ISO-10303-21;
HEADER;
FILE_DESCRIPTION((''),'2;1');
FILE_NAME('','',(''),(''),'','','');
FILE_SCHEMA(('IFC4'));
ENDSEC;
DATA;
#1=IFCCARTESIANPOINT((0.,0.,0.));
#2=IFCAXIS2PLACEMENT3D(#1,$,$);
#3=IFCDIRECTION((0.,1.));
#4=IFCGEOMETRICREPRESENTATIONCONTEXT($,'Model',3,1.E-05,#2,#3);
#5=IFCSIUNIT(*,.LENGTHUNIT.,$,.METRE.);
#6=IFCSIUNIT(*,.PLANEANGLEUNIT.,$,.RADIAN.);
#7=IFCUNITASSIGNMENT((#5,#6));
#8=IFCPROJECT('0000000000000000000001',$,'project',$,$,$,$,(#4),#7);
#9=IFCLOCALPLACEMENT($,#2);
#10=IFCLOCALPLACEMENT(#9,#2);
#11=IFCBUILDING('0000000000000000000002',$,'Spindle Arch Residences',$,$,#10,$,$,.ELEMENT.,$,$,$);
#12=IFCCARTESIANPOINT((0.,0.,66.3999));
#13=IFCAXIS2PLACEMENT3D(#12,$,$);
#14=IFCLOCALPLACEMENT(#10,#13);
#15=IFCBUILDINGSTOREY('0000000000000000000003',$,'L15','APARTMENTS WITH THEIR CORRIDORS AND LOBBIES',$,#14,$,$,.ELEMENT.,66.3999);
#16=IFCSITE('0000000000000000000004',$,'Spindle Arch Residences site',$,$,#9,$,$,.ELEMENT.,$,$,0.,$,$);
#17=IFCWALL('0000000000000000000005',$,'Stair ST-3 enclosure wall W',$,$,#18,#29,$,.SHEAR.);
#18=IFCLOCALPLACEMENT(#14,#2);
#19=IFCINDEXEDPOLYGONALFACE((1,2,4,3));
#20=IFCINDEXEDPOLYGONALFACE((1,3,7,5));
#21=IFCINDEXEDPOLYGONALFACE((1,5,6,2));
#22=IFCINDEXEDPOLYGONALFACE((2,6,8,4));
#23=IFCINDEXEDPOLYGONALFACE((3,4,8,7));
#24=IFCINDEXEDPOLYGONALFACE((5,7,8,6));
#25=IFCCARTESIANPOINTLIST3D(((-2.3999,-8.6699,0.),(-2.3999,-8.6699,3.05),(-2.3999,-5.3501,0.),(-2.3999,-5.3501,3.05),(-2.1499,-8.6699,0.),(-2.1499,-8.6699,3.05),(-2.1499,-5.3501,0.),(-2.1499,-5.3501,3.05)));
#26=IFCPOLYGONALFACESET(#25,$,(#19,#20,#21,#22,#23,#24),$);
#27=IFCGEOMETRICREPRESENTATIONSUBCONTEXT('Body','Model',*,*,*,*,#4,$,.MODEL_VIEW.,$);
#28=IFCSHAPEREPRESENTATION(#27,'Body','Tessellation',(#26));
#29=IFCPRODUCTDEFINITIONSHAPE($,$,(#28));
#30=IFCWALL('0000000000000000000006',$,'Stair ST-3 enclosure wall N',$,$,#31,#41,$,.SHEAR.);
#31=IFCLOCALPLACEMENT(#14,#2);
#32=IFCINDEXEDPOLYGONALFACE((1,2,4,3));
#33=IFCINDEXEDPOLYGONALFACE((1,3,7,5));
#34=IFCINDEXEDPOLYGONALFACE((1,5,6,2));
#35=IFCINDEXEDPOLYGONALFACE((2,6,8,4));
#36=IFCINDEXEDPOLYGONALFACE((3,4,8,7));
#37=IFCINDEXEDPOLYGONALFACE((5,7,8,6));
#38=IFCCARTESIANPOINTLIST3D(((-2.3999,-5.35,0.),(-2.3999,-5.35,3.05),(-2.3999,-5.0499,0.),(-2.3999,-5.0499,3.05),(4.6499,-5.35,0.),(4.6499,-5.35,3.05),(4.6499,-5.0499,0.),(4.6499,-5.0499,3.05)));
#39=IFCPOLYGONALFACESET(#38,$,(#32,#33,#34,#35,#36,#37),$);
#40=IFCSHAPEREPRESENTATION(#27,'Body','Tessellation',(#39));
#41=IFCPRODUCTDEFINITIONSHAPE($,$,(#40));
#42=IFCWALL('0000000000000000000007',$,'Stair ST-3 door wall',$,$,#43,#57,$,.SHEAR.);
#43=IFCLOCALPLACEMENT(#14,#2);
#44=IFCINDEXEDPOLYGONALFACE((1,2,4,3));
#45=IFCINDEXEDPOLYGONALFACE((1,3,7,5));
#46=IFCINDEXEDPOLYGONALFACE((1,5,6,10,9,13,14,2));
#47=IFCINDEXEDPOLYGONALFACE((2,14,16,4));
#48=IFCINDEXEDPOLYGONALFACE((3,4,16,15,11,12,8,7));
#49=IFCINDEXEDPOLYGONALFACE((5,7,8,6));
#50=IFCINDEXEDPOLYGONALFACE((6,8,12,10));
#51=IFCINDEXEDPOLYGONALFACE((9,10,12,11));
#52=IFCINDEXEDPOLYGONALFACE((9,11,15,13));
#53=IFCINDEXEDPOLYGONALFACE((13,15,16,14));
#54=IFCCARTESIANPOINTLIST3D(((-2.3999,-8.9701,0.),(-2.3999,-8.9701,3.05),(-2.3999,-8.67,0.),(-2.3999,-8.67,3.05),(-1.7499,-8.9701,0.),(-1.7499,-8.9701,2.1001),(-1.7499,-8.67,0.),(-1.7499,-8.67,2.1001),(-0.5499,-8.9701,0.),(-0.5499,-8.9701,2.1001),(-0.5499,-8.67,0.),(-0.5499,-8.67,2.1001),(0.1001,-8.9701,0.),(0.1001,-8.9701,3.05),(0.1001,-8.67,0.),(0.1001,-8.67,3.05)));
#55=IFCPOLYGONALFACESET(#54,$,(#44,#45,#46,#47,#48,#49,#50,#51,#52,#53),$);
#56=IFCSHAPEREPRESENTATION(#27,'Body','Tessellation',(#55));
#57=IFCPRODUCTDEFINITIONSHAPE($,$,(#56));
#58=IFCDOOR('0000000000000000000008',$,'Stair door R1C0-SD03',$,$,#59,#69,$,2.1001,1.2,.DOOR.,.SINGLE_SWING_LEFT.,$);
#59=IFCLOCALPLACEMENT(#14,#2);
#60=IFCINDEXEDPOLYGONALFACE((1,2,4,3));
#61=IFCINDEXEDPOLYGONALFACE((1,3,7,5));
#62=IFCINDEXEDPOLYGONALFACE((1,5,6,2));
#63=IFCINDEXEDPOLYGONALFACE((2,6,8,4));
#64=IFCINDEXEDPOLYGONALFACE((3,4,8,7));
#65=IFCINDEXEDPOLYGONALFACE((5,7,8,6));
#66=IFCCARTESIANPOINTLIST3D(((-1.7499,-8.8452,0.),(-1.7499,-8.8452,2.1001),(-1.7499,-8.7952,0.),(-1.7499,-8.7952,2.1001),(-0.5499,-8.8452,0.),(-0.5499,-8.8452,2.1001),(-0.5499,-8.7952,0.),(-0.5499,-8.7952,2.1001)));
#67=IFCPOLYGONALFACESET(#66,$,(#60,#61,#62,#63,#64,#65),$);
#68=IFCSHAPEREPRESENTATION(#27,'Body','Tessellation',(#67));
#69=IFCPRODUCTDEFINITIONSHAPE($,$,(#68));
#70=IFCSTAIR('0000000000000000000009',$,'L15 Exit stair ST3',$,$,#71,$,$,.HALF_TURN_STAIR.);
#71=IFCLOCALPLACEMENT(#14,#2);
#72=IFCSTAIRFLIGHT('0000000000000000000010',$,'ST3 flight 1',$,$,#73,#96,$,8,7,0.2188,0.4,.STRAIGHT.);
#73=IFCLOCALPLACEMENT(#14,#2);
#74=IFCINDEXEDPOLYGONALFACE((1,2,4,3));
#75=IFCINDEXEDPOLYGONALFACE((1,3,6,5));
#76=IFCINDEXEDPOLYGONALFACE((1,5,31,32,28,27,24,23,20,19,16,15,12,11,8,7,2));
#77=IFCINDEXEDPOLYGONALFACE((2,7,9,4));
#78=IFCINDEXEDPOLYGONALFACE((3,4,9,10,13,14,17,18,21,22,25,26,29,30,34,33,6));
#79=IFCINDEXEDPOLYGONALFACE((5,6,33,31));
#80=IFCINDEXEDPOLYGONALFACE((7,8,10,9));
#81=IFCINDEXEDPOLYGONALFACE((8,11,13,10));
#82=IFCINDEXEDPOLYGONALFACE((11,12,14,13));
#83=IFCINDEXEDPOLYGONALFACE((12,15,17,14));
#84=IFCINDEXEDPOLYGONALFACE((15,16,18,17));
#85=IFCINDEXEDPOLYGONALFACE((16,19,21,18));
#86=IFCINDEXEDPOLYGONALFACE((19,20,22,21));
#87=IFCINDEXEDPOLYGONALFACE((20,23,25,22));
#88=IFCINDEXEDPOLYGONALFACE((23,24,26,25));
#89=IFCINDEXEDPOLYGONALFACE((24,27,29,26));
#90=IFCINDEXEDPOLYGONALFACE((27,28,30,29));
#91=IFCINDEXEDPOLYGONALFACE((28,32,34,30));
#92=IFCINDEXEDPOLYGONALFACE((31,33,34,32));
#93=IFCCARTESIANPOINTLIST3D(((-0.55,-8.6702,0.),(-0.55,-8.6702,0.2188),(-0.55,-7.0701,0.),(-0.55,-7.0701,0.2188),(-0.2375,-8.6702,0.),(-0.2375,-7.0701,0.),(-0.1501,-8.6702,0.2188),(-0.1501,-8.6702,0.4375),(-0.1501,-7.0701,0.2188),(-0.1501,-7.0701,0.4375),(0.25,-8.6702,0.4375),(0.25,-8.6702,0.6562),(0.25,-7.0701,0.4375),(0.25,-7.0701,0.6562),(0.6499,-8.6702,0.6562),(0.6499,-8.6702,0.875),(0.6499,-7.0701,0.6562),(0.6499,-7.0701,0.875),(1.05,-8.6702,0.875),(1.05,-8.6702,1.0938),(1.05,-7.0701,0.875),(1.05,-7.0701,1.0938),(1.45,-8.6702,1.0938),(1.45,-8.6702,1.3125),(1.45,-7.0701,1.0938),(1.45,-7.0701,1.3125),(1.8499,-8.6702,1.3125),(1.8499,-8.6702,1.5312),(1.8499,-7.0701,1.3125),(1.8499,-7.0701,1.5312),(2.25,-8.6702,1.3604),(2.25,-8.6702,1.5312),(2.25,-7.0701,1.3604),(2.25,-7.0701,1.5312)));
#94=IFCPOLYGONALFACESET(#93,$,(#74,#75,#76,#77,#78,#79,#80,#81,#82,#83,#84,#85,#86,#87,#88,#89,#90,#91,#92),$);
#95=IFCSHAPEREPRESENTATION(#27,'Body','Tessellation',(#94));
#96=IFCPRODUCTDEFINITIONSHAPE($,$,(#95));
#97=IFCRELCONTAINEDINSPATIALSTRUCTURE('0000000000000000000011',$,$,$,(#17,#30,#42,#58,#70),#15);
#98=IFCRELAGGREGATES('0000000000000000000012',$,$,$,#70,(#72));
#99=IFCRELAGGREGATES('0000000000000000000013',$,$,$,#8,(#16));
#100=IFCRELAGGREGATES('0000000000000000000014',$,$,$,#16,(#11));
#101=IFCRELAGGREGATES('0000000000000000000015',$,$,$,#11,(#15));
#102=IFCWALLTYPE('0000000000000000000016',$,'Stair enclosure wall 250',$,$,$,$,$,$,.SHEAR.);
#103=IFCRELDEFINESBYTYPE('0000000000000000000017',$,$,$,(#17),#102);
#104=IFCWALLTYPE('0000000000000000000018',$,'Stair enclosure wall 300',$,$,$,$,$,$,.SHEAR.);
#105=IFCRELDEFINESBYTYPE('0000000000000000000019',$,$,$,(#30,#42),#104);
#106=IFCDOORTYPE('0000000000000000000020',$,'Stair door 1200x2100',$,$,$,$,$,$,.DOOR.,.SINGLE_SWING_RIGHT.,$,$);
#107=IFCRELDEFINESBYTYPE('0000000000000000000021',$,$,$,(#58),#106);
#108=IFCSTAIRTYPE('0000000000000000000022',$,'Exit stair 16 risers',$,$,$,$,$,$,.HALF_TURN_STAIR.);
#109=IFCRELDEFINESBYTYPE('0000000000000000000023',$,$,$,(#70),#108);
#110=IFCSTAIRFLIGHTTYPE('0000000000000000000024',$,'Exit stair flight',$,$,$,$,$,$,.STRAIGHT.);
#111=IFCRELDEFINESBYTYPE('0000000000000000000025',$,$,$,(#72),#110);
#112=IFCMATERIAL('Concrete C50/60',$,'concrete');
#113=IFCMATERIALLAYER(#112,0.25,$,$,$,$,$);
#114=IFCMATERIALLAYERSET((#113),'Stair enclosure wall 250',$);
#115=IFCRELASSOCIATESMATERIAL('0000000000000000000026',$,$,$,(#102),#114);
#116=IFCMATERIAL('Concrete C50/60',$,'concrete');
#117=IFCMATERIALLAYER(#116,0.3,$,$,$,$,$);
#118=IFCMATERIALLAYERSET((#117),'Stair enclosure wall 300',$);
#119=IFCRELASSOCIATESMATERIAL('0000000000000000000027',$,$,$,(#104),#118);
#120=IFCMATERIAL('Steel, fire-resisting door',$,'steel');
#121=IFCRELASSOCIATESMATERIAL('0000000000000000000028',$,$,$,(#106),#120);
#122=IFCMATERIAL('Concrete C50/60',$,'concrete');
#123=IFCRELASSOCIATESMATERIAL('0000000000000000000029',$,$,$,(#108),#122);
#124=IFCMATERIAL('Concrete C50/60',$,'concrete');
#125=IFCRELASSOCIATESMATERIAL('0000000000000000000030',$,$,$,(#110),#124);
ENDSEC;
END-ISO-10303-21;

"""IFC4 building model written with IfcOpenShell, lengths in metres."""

from ifc_helpers import new_model, si_unit, direction, frame, frame_2d, origin, place, context, subcontext, project, spatial, polyline, rectangle, outline, extrude, material, layer, layer_set, type_object, element, fill, aggregate, save


model = new_model("IFC4")

# Units and contexts
model_context = context("Model", 3, precision=1e-05, world=origin(), true_north=direction((0.0, 1.0)))
body_context = subcontext(model_context, "Body", "Model", "MODEL_VIEW")
ifc_project = project(units=[si_unit("LENGTHUNIT", "METRE"), si_unit("PLANEANGLEUNIT", "RADIAN")], contexts=[model_context])

# Site, building, storey
site_placement = place(None, origin())
site = spatial("IfcSite", under=ifc_project, at=site_placement, Name="Spindle Arch Residences site", CompositionType="ELEMENT", RefElevation=0.0)
building_placement = place(site_placement, origin())
building = spatial("IfcBuilding", under=site, at=building_placement, Name="Spindle Arch Residences", CompositionType="ELEMENT")
storey_placement = place(building_placement, frame((0.0, 0.0, 66.3999)))
storey = spatial("IfcBuildingStorey", under=building, at=storey_placement, Name="L15", Description="APARTMENTS WITH THEIR CORRIDORS AND LOBBIES", CompositionType="ELEMENT", Elevation=66.3999)

# Walls
ifc_material_1 = material(Name="Concrete C50/60", Category="concrete")
ifc_layer_1 = layer(ifc_material_1, 0.25)
ifc_layer_set_1 = layer_set([ifc_layer_1], Name="Stair enclosure wall 250")
wall_type_1 = type_object("IfcWallType", Name="Stair enclosure wall 250", PredefinedType="SHEAR", material=ifc_layer_set_1)
wall_1_placement = place(storey_placement, frame((-2.2749, -8.6699, 0.0), z_axis=(0.0, 0.0, 1.0), x_axis=(0.0, 1.0, 0.0)))
element("IfcWall", 1, at=wall_1_placement, inside=storey, type_object=wall_type_1, Name="Stair ST-3 enclosure wall W", PredefinedType="SHEAR", context=body_context, shape_type="SweptSolid", body=[
    extrude(rectangle(XDim=3.3198, YDim=0.25, at=frame_2d((1.6599, 0.0))), origin(), (0.0, 0.0, 1.0), 3.05),
])
ifc_material_2 = material(Name="Concrete C50/60", Category="concrete")
ifc_layer_2 = layer(ifc_material_2, 0.3)
ifc_layer_set_2 = layer_set([ifc_layer_2], Name="Stair enclosure wall 300")
wall_type_2 = type_object("IfcWallType", Name="Stair enclosure wall 300", PredefinedType="SHEAR", material=ifc_layer_set_2)
wall_2_placement = place(storey_placement, frame((-2.3999, -5.2, 0.0), z_axis=(0.0, 0.0, 1.0), x_axis=(1.0, 0.0, 0.0)))
element("IfcWall", 2, at=wall_2_placement, inside=storey, type_object=wall_type_2, Name="Stair ST-3 enclosure wall N", PredefinedType="SHEAR", context=body_context, shape_type="SweptSolid", body=[
    extrude(rectangle(XDim=7.0498, YDim=0.3, at=frame_2d((3.5249, 0.0))), origin(), (0.0, 0.0, 1.0), 3.05),
])

# Wall, opening, door
wall_3_placement = place(storey_placement, frame((-2.3999, -8.8201, 0.0), z_axis=(0.0, 0.0, 1.0), x_axis=(1.0, 0.0, 0.0)))
wall_3 = element("IfcWall", 3, at=wall_3_placement, inside=storey, type_object=wall_type_2, Name="Stair ST-3 door wall", PredefinedType="SHEAR", context=body_context, shape_type="SweptSolid", body=[
    extrude(rectangle(XDim=2.5, YDim=0.3, at=frame_2d((1.25, 0.0))), origin(), (0.0, 0.0, 1.0), 3.05),
])
opening_1_placement = place(wall_3_placement, frame((0.6499, 0.0, 0.0)))
opening_1 = element("IfcOpeningElement", 4, at=opening_1_placement, cuts=wall_3, PredefinedType="OPENING", context=body_context, shape_type="SweptSolid", body=[
    extrude(rectangle(XDim=1.2, YDim=2.1001, at=frame_2d((0.6001, 1.05))), frame((0.0, 0.1602, 0.0), z_axis=(0.0, -1.0, 0.0), x_axis=(1.0, 0.0, 0.0)), (0.0, 0.0, 1.0), 0.3201),
])
ifc_material_3 = material(Name="Steel, fire-resisting door", Category="steel")
door_type_1 = type_object("IfcDoorType", Name="Stair door 1200x2100", OperationType="SINGLE_SWING_RIGHT", PredefinedType="DOOR", material=ifc_material_3)
door_1_placement = place(opening_1_placement, origin())
door_1 = element("IfcDoor", 5, at=door_1_placement, inside=storey, type_object=door_type_1, Name="Stair door R1C0-SD03", OperationType="SINGLE_SWING_LEFT", OverallHeight=2.1001, OverallWidth=1.2, PredefinedType="DOOR", context=body_context, shape_type="SweptSolid", body=[
    extrude(rectangle(XDim=1.2, YDim=2.1001, at=frame_2d((0.6001, 1.05))), frame((0.0, 0.0249, 0.0), z_axis=(0.0, -1.0, 0.0), x_axis=(1.0, 0.0, 0.0)), (0.0, 0.0, 1.0), 0.05),
])
fill(opening_1, door_1)

# Stair, stair flight
ifc_material_4 = material(Name="Concrete C50/60", Category="concrete")
stair_type = type_object("IfcStairType", Name="Exit stair 16 risers", PredefinedType="HALF_TURN_STAIR", material=ifc_material_4)
stair_placement = place(storey_placement, origin())
stair = element("IfcStair", 6, at=stair_placement, inside=storey, type_object=stair_type, Name="L15 Exit stair ST3", PredefinedType="HALF_TURN_STAIR")
ifc_material_5 = material(Name="Concrete C50/60", Category="concrete")
stair_flight_type = type_object("IfcStairFlightType", Name="Exit stair flight", PredefinedType="STRAIGHT", material=ifc_material_5)
stair_flight_placement = place(storey_placement, frame((-0.55, -7.8701, 0.0), z_axis=(0.0, 0.0, 1.0), x_axis=(1.0, 0.0, 0.0)))
stair_flight = element("IfcStairFlight", 7, at=stair_flight_placement, type_object=stair_flight_type, Name="ST3 flight 1", NumberOfRisers=8, NumberOfTreads=7, PredefinedType="STRAIGHT", RiserHeight=0.2188, TreadLength=0.4, context=body_context, shape_type="SweptSolid", body=[
    extrude(outline(polyline([(0.0, 0.0), (0.0, 0.2188), (0.3999, 0.2188), (0.3999, 0.4375), (0.8, 0.4375), (0.8, 0.6562), (1.2, 0.6562), (1.2, 0.875), (1.6001, 0.875), (1.6001, 1.0938), (2.0, 1.0938), (2.0, 1.3125), (2.3999, 1.3125), (2.3999, 1.5312), (2.8, 1.5312), (2.8, 1.75), (2.8, 1.3604), (0.3125, 0.0), (0.0, 0.0)])), frame((0.0, 0.8, 0.0), z_axis=(0.0, -1.0, 0.0), x_axis=(1.0, 0.0, 0.0)), (0.0, 0.0, 1.0), 1.6001),
])
aggregate(stair, [stair_flight])

save(model, "model.ifc")
